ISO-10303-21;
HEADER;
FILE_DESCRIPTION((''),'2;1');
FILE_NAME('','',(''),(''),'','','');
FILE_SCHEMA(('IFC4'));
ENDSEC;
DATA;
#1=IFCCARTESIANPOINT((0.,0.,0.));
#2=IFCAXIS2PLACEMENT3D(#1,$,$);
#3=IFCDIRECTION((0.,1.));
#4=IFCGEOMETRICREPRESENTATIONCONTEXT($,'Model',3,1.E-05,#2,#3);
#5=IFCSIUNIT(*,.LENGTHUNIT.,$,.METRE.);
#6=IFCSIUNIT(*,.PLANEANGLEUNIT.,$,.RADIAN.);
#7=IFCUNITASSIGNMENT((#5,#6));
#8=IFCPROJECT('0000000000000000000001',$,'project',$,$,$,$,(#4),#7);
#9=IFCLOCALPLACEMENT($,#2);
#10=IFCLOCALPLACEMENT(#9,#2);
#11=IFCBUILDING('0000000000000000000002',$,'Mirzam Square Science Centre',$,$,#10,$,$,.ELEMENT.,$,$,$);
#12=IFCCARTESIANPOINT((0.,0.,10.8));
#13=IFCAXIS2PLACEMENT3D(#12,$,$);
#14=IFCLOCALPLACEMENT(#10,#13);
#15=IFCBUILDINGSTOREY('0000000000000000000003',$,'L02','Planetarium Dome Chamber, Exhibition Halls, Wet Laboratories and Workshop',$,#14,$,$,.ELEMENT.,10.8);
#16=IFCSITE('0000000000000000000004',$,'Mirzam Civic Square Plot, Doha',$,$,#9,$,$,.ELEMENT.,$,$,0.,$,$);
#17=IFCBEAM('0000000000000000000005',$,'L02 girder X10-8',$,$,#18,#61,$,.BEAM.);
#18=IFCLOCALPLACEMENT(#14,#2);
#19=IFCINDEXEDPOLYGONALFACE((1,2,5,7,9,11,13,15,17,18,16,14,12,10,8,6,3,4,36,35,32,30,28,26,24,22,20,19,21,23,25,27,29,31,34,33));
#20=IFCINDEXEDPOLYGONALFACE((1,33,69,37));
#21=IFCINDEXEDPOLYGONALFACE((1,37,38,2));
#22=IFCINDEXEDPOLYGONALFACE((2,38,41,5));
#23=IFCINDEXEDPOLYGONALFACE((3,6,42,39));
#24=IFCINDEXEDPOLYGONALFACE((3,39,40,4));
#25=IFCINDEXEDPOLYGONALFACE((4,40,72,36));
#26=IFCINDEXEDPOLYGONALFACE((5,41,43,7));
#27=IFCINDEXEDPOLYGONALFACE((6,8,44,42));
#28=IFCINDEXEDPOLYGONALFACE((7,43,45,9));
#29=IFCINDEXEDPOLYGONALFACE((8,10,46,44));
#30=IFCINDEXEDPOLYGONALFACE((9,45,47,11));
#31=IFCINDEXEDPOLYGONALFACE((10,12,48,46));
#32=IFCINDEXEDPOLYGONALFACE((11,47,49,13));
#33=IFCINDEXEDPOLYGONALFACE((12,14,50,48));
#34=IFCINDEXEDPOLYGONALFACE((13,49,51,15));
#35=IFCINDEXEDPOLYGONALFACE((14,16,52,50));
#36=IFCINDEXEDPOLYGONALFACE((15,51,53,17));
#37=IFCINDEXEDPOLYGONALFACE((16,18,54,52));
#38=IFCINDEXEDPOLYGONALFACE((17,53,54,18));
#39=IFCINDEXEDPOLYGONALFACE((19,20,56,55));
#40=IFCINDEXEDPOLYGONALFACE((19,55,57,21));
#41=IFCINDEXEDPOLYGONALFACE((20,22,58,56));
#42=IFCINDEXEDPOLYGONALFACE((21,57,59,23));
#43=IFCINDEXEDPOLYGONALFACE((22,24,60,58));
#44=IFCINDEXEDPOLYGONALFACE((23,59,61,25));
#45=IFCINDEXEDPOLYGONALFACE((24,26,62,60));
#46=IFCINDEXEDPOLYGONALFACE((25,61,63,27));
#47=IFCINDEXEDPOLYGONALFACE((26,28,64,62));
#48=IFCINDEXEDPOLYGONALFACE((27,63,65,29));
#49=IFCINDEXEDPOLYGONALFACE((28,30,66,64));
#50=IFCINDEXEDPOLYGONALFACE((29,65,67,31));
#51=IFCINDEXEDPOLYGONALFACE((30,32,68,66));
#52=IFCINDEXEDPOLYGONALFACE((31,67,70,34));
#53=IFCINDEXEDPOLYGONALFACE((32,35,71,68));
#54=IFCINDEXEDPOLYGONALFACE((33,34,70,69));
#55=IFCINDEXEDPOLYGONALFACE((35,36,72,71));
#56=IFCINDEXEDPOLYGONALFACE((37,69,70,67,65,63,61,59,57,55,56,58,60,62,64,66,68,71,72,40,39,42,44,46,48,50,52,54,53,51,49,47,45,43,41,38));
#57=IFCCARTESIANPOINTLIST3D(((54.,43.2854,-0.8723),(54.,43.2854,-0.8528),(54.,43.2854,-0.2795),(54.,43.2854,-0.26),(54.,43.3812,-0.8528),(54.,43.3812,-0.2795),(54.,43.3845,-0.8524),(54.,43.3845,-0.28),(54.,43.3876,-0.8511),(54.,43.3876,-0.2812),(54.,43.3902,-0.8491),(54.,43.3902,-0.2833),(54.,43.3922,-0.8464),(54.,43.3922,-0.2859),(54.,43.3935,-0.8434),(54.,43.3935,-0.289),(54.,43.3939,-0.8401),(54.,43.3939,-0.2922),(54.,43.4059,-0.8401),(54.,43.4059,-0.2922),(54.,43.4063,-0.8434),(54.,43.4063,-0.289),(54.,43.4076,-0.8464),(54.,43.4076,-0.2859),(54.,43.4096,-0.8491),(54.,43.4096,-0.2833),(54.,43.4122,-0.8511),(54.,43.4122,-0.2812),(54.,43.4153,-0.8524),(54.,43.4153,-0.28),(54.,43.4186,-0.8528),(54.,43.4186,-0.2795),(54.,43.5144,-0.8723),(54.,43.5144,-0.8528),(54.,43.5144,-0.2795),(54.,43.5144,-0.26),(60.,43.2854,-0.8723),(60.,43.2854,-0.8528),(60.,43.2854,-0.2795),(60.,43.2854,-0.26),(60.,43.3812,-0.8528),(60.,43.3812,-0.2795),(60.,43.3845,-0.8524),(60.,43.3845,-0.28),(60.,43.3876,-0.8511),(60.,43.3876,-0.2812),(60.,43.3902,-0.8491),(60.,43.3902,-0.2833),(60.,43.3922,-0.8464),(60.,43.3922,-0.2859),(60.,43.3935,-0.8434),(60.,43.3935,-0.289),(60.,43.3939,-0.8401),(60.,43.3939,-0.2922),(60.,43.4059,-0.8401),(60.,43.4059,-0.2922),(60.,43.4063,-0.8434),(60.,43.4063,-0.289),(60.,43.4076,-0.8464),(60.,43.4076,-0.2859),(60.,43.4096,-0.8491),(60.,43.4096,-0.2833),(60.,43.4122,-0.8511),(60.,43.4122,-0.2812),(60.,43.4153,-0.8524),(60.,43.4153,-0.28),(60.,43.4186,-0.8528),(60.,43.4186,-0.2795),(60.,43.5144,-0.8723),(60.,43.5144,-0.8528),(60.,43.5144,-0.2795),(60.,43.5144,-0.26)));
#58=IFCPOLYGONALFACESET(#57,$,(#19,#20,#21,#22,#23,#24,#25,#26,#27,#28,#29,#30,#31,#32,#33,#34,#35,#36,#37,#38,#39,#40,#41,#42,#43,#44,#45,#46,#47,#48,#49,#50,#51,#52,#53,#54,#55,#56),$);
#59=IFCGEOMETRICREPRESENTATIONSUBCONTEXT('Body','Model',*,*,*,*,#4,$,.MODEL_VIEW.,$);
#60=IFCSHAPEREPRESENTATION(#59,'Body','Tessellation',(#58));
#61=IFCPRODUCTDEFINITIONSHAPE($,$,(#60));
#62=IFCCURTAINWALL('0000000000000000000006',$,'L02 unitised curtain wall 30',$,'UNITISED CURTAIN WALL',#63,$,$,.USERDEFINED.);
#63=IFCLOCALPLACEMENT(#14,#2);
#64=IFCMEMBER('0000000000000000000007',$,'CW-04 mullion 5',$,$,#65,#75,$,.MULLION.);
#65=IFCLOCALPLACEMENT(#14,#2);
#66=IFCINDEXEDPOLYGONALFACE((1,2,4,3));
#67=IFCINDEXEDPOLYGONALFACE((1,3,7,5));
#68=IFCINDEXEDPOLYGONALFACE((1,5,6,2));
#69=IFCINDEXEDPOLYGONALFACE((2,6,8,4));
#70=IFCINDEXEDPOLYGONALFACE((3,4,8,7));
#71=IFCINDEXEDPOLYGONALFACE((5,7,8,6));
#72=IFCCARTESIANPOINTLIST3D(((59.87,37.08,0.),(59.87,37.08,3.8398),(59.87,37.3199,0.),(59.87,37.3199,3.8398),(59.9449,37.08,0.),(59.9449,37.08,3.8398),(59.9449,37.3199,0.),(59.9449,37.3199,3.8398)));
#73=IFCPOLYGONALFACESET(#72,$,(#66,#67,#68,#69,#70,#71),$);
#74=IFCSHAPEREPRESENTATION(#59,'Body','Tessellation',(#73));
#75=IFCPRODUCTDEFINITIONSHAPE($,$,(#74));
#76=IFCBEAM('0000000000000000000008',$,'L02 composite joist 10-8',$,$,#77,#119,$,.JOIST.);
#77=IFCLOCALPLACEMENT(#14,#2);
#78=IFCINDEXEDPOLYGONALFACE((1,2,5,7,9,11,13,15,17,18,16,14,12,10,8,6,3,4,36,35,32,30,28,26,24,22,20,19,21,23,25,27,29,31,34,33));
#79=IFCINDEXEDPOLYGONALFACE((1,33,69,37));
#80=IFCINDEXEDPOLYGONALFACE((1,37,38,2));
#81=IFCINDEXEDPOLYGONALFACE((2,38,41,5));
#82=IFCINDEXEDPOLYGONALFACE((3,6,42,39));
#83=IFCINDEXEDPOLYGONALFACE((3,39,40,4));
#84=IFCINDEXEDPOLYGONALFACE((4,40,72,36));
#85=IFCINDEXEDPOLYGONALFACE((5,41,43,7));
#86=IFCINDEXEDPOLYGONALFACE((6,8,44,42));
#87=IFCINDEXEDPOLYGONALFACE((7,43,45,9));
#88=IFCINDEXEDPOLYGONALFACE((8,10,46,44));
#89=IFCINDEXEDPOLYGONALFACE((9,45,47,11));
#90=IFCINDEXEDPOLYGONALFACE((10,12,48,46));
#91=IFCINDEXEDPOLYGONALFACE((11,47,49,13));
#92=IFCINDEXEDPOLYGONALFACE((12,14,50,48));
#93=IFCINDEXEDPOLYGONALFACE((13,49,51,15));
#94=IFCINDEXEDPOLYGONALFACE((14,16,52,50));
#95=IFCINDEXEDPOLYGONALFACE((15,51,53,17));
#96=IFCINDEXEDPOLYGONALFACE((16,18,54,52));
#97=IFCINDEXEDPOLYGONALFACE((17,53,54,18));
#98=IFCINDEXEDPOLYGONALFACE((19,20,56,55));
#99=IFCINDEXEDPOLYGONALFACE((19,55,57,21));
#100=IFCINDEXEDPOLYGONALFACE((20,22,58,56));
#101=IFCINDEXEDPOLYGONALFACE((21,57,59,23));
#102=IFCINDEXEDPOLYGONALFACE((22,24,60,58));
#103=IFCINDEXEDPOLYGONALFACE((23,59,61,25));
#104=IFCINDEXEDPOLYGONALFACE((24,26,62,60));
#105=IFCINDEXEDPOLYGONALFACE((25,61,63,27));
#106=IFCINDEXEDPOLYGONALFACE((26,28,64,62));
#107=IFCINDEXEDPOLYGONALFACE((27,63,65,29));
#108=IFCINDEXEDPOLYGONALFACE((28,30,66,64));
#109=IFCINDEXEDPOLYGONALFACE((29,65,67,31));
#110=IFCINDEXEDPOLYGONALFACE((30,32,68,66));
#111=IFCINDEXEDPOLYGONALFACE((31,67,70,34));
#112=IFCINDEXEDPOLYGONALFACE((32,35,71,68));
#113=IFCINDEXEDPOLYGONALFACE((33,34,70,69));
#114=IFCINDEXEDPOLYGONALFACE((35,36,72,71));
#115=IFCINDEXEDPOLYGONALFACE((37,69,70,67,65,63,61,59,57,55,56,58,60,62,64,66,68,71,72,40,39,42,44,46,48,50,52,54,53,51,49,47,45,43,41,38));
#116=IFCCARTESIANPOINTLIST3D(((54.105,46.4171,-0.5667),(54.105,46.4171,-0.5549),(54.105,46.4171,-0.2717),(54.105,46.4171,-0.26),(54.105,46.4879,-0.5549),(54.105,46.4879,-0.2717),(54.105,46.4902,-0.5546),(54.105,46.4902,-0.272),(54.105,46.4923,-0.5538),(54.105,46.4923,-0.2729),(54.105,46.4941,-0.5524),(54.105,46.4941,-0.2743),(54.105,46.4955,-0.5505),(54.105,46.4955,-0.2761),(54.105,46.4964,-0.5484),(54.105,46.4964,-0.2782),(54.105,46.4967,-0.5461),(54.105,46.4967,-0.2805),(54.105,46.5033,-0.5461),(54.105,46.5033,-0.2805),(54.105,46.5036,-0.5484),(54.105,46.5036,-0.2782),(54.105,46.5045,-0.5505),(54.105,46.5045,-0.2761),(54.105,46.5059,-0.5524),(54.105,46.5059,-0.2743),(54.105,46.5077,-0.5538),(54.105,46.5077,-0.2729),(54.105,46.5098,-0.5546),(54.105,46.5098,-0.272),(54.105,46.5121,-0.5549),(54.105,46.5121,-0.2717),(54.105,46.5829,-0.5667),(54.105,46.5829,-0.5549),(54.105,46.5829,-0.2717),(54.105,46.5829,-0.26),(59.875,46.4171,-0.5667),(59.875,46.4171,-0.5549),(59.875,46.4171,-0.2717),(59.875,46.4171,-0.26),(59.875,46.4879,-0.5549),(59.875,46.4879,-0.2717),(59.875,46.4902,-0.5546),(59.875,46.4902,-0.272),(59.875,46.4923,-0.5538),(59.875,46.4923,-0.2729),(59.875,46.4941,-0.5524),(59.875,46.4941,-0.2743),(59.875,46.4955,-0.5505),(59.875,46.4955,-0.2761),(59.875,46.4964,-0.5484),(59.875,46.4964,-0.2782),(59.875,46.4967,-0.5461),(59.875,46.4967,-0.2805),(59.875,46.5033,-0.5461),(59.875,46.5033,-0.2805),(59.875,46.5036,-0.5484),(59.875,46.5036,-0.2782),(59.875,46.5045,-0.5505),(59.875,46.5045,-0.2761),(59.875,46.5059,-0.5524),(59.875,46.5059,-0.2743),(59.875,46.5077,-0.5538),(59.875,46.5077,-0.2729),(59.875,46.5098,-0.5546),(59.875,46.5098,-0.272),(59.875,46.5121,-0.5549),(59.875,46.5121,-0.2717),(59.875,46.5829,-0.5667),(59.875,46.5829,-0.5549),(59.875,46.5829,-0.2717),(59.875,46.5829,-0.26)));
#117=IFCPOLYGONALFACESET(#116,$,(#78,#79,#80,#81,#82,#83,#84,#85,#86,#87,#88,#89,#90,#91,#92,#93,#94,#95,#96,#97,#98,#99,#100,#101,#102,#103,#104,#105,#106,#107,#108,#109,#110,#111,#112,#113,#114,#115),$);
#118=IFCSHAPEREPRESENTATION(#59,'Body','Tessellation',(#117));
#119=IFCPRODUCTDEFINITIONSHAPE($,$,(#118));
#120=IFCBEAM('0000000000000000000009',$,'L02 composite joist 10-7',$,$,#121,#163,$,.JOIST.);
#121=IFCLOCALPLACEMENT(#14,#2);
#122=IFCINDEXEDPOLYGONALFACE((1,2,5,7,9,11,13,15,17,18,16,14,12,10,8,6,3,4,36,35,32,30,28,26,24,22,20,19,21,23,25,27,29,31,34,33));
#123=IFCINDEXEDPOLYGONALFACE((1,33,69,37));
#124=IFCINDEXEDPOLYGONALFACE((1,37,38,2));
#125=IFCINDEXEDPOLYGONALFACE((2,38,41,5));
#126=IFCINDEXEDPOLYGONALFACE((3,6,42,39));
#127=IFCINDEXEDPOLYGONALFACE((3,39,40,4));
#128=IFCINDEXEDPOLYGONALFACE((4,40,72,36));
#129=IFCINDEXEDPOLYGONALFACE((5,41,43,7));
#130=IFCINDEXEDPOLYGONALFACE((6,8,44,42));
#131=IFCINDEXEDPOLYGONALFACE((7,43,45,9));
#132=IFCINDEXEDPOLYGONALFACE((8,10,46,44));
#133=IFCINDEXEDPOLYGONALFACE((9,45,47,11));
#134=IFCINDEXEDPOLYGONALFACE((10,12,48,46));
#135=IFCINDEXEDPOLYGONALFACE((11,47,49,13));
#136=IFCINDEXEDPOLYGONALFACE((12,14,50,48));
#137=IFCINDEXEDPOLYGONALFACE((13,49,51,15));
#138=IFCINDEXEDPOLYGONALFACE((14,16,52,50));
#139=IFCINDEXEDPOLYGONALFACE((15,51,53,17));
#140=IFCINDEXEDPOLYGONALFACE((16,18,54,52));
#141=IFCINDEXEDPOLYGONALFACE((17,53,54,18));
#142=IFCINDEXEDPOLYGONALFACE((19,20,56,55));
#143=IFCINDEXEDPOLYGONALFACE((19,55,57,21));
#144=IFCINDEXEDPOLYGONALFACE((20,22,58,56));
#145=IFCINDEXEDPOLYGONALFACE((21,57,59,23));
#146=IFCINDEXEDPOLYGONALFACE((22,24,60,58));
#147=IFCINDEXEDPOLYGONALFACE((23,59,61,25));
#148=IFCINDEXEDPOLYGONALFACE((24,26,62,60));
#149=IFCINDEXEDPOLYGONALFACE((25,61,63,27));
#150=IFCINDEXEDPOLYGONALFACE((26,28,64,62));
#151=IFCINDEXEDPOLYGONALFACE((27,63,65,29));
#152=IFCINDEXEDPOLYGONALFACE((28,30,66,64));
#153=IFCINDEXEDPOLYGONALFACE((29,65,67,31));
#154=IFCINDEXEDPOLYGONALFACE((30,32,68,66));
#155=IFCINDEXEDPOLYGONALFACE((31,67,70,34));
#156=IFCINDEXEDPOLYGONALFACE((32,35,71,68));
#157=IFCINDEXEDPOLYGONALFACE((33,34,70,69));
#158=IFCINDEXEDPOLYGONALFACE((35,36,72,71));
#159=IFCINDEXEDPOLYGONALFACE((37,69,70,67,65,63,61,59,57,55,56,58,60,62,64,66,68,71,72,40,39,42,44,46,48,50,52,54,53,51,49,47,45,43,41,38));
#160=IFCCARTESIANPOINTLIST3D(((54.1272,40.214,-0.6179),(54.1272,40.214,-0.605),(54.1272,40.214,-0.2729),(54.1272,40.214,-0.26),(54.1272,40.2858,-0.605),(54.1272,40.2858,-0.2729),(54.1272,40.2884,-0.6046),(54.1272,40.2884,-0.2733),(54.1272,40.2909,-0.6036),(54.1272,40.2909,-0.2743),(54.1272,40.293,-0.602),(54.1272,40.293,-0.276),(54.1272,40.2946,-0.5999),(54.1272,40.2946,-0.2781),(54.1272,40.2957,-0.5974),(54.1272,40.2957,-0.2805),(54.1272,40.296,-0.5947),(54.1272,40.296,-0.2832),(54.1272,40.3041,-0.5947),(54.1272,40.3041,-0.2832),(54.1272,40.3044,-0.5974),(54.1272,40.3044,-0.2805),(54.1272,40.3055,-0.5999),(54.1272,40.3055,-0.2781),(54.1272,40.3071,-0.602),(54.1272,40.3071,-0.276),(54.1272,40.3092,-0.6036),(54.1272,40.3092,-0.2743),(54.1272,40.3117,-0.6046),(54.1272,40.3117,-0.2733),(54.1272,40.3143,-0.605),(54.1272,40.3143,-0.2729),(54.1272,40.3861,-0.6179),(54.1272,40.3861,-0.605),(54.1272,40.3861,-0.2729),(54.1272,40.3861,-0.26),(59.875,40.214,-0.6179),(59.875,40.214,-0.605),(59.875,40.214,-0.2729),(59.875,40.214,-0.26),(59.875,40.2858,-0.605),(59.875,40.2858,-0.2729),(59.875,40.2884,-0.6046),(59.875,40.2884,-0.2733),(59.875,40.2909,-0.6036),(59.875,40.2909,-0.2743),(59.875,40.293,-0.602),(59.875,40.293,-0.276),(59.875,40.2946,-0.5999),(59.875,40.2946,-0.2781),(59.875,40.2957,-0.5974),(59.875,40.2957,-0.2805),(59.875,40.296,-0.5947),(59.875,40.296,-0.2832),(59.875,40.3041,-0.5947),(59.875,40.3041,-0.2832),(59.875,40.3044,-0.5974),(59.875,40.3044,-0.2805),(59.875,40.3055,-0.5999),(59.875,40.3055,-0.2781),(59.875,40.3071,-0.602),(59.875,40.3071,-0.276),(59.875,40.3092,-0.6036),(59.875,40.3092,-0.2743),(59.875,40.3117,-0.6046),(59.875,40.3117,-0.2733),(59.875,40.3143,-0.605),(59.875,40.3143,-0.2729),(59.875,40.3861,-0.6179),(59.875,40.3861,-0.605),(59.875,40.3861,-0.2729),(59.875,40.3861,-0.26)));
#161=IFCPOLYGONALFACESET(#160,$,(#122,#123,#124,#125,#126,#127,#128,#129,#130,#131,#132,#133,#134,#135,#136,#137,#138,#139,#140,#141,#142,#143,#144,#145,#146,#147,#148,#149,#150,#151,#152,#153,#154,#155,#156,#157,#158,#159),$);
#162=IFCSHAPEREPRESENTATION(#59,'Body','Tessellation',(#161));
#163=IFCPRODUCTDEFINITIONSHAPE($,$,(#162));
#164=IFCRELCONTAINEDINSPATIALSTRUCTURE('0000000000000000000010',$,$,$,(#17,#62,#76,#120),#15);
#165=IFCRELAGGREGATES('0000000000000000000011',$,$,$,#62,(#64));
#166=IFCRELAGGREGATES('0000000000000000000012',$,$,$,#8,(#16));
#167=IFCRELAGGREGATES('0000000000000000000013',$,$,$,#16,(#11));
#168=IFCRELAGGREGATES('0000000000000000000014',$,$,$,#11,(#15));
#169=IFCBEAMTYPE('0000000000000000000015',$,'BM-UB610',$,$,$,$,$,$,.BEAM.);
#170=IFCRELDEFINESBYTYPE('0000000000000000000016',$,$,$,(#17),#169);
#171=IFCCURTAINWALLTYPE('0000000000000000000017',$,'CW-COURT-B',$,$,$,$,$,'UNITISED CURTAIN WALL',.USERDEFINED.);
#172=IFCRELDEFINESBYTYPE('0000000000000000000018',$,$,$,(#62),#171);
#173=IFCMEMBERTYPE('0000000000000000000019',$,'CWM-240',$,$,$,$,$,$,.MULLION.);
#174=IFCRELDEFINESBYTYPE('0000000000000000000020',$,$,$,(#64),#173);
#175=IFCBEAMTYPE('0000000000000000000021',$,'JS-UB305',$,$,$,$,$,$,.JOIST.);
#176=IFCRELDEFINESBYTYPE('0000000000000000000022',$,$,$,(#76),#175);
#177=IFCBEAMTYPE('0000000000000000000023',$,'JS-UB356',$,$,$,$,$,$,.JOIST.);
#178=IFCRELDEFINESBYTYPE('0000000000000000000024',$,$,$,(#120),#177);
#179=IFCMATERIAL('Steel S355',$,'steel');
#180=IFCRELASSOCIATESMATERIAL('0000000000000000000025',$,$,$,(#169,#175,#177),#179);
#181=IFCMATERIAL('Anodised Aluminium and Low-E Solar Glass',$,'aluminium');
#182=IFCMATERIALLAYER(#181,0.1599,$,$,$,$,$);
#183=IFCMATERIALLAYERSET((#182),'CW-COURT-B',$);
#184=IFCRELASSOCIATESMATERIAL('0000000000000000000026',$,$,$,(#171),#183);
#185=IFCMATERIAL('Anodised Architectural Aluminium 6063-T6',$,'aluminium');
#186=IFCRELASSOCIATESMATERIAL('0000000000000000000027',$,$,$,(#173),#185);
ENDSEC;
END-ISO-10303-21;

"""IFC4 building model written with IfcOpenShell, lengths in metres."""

from ifc_helpers import new_model, si_unit, direction, frame, origin, origin_2d, place, context, subcontext, project, spatial, rectangle, i_section, extrude, material, layer, layer_set, material_profile, profile_set, type_object, element, aggregate, save


model = new_model("IFC4")

# Units and contexts
model_context = context("Model", 3, precision=1e-05, world=origin(), true_north=direction((0.0, 1.0)))
body_context = subcontext(model_context, "Body", "Model", "MODEL_VIEW")
ifc_project = project(units=[si_unit("LENGTHUNIT", "METRE"), si_unit("PLANEANGLEUNIT", "RADIAN")], contexts=[model_context])

# Site, building, storey
site_placement = place(None, origin())
site = spatial("IfcSite", under=ifc_project, at=site_placement, Name="Mirzam Civic Square Plot, Doha", CompositionType="ELEMENT", RefElevation=0.0)
building_placement = place(site_placement, origin())
building = spatial("IfcBuilding", under=site, at=building_placement, Name="Mirzam Square Science Centre", CompositionType="ELEMENT")
storey_placement = place(building_placement, frame((0.0, 0.0, 10.8)))
storey = spatial("IfcBuildingStorey", under=building, at=storey_placement, Name="L02", Description="Planetarium Dome Chamber, Exhibition Halls, Wet Laboratories and Workshop", CompositionType="ELEMENT", Elevation=10.8)

# Shared definitions
ifc_material_1 = material(Name="Steel S355", Category="steel")

# Beam
ifc_material_profile_1 = material_profile(ifc_material_1, i_section(OverallWidth=0.229, OverallDepth=0.6123, WebThickness=0.012, FlangeThickness=0.0195, FilletRadius=0.0127, at=origin_2d()), Name="610x229x125UB")
ifc_profile_set_1 = profile_set([ifc_material_profile_1], Name="Steel S355")
beam_type_1 = type_object("IfcBeamType", Name="BM-UB610", PredefinedType="BEAM", material=ifc_profile_set_1)
beam_1_placement = place(storey_placement, frame((54.0, 43.3999, -0.5662), z_axis=(1.0, 0.0, 0.0), x_axis=(0.0, 1.0, 0.0)))
element("IfcBeam", 1, at=beam_1_placement, inside=storey, type_object=beam_type_1, Name="L02 girder X10-8", PredefinedType="BEAM", context=body_context, shape_type="SweptSolid", body=[
    extrude(i_section(OverallWidth=0.229, OverallDepth=0.6123, WebThickness=0.012, FlangeThickness=0.0195, FilletRadius=0.0127, at=origin_2d()), origin(), (0.0, 0.0, 1.0), 6.0),
])

# Curtain wall, member
ifc_material_2 = material(Name="Anodised Aluminium and Low-E Solar Glass", Category="aluminium")
ifc_layer_1 = layer(ifc_material_2, 0.1599)
ifc_layer_set_1 = layer_set([ifc_layer_1], Name="CW-COURT-B")
curtain_wall_type = type_object("IfcCurtainWallType", Name="CW-COURT-B", ElementType="UNITISED CURTAIN WALL", PredefinedType="USERDEFINED", material=ifc_layer_set_1)
curtain_wall_placement = place(storey_placement, origin())
curtain_wall = element("IfcCurtainWall", 2, at=curtain_wall_placement, inside=storey, type_object=curtain_wall_type, Name="L02 unitised curtain wall 30", ObjectType="UNITISED CURTAIN WALL", PredefinedType="USERDEFINED")
ifc_material_3 = material(Name="Anodised Architectural Aluminium 6063-T6", Category="aluminium")
ifc_material_profile_2 = material_profile(ifc_material_3, rectangle(XDim=0.075, YDim=0.24, at=origin_2d()), Name="ALU-MULL-240x75x5")
ifc_profile_set_2 = profile_set([ifc_material_profile_2], Name="Anodised Architectural Aluminium 6063-T6")
member_type = type_object("IfcMemberType", Name="CWM-240", PredefinedType="MULLION", material=ifc_profile_set_2)
member_placement = place(storey_placement, frame((59.9075, 37.2, 0.0), z_axis=(0.0, 0.0, 1.0), x_axis=(1.0, 0.0, 0.0)))
member = element("IfcMember", 3, at=member_placement, type_object=member_type, Name="CW-04 mullion 5", PredefinedType="MULLION", context=body_context, shape_type="SweptSolid", body=[
    extrude(rectangle(XDim=0.075, YDim=0.24, at=origin_2d()), origin(), (0.0, 0.0, 1.0), 3.8398),
])

# Beams
ifc_material_profile_3 = material_profile(ifc_material_1, i_section(OverallWidth=0.1658, OverallDepth=0.3066, WebThickness=0.0066, FlangeThickness=0.0117, FilletRadius=0.0088, at=origin_2d()), Name="305x165x46UB")
ifc_profile_set_3 = profile_set([ifc_material_profile_3], Name="Steel S355")
beam_type_2 = type_object("IfcBeamType", Name="JS-UB305", PredefinedType="JOIST", material=ifc_profile_set_3)
beam_2_placement = place(storey_placement, frame((54.105, 46.5, -0.4133), z_axis=(1.0, 0.0, 0.0), x_axis=(0.0, 1.0, 0.0)))
element("IfcBeam", 4, at=beam_2_placement, inside=storey, type_object=beam_type_2, Name="L02 composite joist 10-8", PredefinedType="JOIST", context=body_context, shape_type="SweptSolid", body=[
    extrude(i_section(OverallWidth=0.1658, OverallDepth=0.3066, WebThickness=0.0066, FlangeThickness=0.0117, FilletRadius=0.0088, at=origin_2d()), origin(), (0.0, 0.0, 1.0), 5.77),
])
ifc_material_profile_4 = material_profile(ifc_material_1, i_section(OverallWidth=0.1721, OverallDepth=0.3579, WebThickness=0.0081, FlangeThickness=0.0129, FilletRadius=0.0103, at=origin_2d()), Name="356x171x57UB")
ifc_profile_set_4 = profile_set([ifc_material_profile_4], Name="Steel S355")
beam_type_3 = type_object("IfcBeamType", Name="JS-UB356", PredefinedType="JOIST", material=ifc_profile_set_4)
beam_3_placement = place(storey_placement, frame((54.1272, 40.3, -0.439), z_axis=(1.0, 0.0, 0.0), x_axis=(0.0, 1.0, 0.0)))
element("IfcBeam", 5, at=beam_3_placement, inside=storey, type_object=beam_type_3, Name="L02 composite joist 10-7", PredefinedType="JOIST", context=body_context, shape_type="SweptSolid", body=[
    extrude(i_section(OverallWidth=0.1721, OverallDepth=0.3579, WebThickness=0.0081, FlangeThickness=0.0129, FilletRadius=0.0103, at=origin_2d()), origin(), (0.0, 0.0, 1.0), 5.7478),
])

aggregate(curtain_wall, [member])

save(model, "model.ifc")
